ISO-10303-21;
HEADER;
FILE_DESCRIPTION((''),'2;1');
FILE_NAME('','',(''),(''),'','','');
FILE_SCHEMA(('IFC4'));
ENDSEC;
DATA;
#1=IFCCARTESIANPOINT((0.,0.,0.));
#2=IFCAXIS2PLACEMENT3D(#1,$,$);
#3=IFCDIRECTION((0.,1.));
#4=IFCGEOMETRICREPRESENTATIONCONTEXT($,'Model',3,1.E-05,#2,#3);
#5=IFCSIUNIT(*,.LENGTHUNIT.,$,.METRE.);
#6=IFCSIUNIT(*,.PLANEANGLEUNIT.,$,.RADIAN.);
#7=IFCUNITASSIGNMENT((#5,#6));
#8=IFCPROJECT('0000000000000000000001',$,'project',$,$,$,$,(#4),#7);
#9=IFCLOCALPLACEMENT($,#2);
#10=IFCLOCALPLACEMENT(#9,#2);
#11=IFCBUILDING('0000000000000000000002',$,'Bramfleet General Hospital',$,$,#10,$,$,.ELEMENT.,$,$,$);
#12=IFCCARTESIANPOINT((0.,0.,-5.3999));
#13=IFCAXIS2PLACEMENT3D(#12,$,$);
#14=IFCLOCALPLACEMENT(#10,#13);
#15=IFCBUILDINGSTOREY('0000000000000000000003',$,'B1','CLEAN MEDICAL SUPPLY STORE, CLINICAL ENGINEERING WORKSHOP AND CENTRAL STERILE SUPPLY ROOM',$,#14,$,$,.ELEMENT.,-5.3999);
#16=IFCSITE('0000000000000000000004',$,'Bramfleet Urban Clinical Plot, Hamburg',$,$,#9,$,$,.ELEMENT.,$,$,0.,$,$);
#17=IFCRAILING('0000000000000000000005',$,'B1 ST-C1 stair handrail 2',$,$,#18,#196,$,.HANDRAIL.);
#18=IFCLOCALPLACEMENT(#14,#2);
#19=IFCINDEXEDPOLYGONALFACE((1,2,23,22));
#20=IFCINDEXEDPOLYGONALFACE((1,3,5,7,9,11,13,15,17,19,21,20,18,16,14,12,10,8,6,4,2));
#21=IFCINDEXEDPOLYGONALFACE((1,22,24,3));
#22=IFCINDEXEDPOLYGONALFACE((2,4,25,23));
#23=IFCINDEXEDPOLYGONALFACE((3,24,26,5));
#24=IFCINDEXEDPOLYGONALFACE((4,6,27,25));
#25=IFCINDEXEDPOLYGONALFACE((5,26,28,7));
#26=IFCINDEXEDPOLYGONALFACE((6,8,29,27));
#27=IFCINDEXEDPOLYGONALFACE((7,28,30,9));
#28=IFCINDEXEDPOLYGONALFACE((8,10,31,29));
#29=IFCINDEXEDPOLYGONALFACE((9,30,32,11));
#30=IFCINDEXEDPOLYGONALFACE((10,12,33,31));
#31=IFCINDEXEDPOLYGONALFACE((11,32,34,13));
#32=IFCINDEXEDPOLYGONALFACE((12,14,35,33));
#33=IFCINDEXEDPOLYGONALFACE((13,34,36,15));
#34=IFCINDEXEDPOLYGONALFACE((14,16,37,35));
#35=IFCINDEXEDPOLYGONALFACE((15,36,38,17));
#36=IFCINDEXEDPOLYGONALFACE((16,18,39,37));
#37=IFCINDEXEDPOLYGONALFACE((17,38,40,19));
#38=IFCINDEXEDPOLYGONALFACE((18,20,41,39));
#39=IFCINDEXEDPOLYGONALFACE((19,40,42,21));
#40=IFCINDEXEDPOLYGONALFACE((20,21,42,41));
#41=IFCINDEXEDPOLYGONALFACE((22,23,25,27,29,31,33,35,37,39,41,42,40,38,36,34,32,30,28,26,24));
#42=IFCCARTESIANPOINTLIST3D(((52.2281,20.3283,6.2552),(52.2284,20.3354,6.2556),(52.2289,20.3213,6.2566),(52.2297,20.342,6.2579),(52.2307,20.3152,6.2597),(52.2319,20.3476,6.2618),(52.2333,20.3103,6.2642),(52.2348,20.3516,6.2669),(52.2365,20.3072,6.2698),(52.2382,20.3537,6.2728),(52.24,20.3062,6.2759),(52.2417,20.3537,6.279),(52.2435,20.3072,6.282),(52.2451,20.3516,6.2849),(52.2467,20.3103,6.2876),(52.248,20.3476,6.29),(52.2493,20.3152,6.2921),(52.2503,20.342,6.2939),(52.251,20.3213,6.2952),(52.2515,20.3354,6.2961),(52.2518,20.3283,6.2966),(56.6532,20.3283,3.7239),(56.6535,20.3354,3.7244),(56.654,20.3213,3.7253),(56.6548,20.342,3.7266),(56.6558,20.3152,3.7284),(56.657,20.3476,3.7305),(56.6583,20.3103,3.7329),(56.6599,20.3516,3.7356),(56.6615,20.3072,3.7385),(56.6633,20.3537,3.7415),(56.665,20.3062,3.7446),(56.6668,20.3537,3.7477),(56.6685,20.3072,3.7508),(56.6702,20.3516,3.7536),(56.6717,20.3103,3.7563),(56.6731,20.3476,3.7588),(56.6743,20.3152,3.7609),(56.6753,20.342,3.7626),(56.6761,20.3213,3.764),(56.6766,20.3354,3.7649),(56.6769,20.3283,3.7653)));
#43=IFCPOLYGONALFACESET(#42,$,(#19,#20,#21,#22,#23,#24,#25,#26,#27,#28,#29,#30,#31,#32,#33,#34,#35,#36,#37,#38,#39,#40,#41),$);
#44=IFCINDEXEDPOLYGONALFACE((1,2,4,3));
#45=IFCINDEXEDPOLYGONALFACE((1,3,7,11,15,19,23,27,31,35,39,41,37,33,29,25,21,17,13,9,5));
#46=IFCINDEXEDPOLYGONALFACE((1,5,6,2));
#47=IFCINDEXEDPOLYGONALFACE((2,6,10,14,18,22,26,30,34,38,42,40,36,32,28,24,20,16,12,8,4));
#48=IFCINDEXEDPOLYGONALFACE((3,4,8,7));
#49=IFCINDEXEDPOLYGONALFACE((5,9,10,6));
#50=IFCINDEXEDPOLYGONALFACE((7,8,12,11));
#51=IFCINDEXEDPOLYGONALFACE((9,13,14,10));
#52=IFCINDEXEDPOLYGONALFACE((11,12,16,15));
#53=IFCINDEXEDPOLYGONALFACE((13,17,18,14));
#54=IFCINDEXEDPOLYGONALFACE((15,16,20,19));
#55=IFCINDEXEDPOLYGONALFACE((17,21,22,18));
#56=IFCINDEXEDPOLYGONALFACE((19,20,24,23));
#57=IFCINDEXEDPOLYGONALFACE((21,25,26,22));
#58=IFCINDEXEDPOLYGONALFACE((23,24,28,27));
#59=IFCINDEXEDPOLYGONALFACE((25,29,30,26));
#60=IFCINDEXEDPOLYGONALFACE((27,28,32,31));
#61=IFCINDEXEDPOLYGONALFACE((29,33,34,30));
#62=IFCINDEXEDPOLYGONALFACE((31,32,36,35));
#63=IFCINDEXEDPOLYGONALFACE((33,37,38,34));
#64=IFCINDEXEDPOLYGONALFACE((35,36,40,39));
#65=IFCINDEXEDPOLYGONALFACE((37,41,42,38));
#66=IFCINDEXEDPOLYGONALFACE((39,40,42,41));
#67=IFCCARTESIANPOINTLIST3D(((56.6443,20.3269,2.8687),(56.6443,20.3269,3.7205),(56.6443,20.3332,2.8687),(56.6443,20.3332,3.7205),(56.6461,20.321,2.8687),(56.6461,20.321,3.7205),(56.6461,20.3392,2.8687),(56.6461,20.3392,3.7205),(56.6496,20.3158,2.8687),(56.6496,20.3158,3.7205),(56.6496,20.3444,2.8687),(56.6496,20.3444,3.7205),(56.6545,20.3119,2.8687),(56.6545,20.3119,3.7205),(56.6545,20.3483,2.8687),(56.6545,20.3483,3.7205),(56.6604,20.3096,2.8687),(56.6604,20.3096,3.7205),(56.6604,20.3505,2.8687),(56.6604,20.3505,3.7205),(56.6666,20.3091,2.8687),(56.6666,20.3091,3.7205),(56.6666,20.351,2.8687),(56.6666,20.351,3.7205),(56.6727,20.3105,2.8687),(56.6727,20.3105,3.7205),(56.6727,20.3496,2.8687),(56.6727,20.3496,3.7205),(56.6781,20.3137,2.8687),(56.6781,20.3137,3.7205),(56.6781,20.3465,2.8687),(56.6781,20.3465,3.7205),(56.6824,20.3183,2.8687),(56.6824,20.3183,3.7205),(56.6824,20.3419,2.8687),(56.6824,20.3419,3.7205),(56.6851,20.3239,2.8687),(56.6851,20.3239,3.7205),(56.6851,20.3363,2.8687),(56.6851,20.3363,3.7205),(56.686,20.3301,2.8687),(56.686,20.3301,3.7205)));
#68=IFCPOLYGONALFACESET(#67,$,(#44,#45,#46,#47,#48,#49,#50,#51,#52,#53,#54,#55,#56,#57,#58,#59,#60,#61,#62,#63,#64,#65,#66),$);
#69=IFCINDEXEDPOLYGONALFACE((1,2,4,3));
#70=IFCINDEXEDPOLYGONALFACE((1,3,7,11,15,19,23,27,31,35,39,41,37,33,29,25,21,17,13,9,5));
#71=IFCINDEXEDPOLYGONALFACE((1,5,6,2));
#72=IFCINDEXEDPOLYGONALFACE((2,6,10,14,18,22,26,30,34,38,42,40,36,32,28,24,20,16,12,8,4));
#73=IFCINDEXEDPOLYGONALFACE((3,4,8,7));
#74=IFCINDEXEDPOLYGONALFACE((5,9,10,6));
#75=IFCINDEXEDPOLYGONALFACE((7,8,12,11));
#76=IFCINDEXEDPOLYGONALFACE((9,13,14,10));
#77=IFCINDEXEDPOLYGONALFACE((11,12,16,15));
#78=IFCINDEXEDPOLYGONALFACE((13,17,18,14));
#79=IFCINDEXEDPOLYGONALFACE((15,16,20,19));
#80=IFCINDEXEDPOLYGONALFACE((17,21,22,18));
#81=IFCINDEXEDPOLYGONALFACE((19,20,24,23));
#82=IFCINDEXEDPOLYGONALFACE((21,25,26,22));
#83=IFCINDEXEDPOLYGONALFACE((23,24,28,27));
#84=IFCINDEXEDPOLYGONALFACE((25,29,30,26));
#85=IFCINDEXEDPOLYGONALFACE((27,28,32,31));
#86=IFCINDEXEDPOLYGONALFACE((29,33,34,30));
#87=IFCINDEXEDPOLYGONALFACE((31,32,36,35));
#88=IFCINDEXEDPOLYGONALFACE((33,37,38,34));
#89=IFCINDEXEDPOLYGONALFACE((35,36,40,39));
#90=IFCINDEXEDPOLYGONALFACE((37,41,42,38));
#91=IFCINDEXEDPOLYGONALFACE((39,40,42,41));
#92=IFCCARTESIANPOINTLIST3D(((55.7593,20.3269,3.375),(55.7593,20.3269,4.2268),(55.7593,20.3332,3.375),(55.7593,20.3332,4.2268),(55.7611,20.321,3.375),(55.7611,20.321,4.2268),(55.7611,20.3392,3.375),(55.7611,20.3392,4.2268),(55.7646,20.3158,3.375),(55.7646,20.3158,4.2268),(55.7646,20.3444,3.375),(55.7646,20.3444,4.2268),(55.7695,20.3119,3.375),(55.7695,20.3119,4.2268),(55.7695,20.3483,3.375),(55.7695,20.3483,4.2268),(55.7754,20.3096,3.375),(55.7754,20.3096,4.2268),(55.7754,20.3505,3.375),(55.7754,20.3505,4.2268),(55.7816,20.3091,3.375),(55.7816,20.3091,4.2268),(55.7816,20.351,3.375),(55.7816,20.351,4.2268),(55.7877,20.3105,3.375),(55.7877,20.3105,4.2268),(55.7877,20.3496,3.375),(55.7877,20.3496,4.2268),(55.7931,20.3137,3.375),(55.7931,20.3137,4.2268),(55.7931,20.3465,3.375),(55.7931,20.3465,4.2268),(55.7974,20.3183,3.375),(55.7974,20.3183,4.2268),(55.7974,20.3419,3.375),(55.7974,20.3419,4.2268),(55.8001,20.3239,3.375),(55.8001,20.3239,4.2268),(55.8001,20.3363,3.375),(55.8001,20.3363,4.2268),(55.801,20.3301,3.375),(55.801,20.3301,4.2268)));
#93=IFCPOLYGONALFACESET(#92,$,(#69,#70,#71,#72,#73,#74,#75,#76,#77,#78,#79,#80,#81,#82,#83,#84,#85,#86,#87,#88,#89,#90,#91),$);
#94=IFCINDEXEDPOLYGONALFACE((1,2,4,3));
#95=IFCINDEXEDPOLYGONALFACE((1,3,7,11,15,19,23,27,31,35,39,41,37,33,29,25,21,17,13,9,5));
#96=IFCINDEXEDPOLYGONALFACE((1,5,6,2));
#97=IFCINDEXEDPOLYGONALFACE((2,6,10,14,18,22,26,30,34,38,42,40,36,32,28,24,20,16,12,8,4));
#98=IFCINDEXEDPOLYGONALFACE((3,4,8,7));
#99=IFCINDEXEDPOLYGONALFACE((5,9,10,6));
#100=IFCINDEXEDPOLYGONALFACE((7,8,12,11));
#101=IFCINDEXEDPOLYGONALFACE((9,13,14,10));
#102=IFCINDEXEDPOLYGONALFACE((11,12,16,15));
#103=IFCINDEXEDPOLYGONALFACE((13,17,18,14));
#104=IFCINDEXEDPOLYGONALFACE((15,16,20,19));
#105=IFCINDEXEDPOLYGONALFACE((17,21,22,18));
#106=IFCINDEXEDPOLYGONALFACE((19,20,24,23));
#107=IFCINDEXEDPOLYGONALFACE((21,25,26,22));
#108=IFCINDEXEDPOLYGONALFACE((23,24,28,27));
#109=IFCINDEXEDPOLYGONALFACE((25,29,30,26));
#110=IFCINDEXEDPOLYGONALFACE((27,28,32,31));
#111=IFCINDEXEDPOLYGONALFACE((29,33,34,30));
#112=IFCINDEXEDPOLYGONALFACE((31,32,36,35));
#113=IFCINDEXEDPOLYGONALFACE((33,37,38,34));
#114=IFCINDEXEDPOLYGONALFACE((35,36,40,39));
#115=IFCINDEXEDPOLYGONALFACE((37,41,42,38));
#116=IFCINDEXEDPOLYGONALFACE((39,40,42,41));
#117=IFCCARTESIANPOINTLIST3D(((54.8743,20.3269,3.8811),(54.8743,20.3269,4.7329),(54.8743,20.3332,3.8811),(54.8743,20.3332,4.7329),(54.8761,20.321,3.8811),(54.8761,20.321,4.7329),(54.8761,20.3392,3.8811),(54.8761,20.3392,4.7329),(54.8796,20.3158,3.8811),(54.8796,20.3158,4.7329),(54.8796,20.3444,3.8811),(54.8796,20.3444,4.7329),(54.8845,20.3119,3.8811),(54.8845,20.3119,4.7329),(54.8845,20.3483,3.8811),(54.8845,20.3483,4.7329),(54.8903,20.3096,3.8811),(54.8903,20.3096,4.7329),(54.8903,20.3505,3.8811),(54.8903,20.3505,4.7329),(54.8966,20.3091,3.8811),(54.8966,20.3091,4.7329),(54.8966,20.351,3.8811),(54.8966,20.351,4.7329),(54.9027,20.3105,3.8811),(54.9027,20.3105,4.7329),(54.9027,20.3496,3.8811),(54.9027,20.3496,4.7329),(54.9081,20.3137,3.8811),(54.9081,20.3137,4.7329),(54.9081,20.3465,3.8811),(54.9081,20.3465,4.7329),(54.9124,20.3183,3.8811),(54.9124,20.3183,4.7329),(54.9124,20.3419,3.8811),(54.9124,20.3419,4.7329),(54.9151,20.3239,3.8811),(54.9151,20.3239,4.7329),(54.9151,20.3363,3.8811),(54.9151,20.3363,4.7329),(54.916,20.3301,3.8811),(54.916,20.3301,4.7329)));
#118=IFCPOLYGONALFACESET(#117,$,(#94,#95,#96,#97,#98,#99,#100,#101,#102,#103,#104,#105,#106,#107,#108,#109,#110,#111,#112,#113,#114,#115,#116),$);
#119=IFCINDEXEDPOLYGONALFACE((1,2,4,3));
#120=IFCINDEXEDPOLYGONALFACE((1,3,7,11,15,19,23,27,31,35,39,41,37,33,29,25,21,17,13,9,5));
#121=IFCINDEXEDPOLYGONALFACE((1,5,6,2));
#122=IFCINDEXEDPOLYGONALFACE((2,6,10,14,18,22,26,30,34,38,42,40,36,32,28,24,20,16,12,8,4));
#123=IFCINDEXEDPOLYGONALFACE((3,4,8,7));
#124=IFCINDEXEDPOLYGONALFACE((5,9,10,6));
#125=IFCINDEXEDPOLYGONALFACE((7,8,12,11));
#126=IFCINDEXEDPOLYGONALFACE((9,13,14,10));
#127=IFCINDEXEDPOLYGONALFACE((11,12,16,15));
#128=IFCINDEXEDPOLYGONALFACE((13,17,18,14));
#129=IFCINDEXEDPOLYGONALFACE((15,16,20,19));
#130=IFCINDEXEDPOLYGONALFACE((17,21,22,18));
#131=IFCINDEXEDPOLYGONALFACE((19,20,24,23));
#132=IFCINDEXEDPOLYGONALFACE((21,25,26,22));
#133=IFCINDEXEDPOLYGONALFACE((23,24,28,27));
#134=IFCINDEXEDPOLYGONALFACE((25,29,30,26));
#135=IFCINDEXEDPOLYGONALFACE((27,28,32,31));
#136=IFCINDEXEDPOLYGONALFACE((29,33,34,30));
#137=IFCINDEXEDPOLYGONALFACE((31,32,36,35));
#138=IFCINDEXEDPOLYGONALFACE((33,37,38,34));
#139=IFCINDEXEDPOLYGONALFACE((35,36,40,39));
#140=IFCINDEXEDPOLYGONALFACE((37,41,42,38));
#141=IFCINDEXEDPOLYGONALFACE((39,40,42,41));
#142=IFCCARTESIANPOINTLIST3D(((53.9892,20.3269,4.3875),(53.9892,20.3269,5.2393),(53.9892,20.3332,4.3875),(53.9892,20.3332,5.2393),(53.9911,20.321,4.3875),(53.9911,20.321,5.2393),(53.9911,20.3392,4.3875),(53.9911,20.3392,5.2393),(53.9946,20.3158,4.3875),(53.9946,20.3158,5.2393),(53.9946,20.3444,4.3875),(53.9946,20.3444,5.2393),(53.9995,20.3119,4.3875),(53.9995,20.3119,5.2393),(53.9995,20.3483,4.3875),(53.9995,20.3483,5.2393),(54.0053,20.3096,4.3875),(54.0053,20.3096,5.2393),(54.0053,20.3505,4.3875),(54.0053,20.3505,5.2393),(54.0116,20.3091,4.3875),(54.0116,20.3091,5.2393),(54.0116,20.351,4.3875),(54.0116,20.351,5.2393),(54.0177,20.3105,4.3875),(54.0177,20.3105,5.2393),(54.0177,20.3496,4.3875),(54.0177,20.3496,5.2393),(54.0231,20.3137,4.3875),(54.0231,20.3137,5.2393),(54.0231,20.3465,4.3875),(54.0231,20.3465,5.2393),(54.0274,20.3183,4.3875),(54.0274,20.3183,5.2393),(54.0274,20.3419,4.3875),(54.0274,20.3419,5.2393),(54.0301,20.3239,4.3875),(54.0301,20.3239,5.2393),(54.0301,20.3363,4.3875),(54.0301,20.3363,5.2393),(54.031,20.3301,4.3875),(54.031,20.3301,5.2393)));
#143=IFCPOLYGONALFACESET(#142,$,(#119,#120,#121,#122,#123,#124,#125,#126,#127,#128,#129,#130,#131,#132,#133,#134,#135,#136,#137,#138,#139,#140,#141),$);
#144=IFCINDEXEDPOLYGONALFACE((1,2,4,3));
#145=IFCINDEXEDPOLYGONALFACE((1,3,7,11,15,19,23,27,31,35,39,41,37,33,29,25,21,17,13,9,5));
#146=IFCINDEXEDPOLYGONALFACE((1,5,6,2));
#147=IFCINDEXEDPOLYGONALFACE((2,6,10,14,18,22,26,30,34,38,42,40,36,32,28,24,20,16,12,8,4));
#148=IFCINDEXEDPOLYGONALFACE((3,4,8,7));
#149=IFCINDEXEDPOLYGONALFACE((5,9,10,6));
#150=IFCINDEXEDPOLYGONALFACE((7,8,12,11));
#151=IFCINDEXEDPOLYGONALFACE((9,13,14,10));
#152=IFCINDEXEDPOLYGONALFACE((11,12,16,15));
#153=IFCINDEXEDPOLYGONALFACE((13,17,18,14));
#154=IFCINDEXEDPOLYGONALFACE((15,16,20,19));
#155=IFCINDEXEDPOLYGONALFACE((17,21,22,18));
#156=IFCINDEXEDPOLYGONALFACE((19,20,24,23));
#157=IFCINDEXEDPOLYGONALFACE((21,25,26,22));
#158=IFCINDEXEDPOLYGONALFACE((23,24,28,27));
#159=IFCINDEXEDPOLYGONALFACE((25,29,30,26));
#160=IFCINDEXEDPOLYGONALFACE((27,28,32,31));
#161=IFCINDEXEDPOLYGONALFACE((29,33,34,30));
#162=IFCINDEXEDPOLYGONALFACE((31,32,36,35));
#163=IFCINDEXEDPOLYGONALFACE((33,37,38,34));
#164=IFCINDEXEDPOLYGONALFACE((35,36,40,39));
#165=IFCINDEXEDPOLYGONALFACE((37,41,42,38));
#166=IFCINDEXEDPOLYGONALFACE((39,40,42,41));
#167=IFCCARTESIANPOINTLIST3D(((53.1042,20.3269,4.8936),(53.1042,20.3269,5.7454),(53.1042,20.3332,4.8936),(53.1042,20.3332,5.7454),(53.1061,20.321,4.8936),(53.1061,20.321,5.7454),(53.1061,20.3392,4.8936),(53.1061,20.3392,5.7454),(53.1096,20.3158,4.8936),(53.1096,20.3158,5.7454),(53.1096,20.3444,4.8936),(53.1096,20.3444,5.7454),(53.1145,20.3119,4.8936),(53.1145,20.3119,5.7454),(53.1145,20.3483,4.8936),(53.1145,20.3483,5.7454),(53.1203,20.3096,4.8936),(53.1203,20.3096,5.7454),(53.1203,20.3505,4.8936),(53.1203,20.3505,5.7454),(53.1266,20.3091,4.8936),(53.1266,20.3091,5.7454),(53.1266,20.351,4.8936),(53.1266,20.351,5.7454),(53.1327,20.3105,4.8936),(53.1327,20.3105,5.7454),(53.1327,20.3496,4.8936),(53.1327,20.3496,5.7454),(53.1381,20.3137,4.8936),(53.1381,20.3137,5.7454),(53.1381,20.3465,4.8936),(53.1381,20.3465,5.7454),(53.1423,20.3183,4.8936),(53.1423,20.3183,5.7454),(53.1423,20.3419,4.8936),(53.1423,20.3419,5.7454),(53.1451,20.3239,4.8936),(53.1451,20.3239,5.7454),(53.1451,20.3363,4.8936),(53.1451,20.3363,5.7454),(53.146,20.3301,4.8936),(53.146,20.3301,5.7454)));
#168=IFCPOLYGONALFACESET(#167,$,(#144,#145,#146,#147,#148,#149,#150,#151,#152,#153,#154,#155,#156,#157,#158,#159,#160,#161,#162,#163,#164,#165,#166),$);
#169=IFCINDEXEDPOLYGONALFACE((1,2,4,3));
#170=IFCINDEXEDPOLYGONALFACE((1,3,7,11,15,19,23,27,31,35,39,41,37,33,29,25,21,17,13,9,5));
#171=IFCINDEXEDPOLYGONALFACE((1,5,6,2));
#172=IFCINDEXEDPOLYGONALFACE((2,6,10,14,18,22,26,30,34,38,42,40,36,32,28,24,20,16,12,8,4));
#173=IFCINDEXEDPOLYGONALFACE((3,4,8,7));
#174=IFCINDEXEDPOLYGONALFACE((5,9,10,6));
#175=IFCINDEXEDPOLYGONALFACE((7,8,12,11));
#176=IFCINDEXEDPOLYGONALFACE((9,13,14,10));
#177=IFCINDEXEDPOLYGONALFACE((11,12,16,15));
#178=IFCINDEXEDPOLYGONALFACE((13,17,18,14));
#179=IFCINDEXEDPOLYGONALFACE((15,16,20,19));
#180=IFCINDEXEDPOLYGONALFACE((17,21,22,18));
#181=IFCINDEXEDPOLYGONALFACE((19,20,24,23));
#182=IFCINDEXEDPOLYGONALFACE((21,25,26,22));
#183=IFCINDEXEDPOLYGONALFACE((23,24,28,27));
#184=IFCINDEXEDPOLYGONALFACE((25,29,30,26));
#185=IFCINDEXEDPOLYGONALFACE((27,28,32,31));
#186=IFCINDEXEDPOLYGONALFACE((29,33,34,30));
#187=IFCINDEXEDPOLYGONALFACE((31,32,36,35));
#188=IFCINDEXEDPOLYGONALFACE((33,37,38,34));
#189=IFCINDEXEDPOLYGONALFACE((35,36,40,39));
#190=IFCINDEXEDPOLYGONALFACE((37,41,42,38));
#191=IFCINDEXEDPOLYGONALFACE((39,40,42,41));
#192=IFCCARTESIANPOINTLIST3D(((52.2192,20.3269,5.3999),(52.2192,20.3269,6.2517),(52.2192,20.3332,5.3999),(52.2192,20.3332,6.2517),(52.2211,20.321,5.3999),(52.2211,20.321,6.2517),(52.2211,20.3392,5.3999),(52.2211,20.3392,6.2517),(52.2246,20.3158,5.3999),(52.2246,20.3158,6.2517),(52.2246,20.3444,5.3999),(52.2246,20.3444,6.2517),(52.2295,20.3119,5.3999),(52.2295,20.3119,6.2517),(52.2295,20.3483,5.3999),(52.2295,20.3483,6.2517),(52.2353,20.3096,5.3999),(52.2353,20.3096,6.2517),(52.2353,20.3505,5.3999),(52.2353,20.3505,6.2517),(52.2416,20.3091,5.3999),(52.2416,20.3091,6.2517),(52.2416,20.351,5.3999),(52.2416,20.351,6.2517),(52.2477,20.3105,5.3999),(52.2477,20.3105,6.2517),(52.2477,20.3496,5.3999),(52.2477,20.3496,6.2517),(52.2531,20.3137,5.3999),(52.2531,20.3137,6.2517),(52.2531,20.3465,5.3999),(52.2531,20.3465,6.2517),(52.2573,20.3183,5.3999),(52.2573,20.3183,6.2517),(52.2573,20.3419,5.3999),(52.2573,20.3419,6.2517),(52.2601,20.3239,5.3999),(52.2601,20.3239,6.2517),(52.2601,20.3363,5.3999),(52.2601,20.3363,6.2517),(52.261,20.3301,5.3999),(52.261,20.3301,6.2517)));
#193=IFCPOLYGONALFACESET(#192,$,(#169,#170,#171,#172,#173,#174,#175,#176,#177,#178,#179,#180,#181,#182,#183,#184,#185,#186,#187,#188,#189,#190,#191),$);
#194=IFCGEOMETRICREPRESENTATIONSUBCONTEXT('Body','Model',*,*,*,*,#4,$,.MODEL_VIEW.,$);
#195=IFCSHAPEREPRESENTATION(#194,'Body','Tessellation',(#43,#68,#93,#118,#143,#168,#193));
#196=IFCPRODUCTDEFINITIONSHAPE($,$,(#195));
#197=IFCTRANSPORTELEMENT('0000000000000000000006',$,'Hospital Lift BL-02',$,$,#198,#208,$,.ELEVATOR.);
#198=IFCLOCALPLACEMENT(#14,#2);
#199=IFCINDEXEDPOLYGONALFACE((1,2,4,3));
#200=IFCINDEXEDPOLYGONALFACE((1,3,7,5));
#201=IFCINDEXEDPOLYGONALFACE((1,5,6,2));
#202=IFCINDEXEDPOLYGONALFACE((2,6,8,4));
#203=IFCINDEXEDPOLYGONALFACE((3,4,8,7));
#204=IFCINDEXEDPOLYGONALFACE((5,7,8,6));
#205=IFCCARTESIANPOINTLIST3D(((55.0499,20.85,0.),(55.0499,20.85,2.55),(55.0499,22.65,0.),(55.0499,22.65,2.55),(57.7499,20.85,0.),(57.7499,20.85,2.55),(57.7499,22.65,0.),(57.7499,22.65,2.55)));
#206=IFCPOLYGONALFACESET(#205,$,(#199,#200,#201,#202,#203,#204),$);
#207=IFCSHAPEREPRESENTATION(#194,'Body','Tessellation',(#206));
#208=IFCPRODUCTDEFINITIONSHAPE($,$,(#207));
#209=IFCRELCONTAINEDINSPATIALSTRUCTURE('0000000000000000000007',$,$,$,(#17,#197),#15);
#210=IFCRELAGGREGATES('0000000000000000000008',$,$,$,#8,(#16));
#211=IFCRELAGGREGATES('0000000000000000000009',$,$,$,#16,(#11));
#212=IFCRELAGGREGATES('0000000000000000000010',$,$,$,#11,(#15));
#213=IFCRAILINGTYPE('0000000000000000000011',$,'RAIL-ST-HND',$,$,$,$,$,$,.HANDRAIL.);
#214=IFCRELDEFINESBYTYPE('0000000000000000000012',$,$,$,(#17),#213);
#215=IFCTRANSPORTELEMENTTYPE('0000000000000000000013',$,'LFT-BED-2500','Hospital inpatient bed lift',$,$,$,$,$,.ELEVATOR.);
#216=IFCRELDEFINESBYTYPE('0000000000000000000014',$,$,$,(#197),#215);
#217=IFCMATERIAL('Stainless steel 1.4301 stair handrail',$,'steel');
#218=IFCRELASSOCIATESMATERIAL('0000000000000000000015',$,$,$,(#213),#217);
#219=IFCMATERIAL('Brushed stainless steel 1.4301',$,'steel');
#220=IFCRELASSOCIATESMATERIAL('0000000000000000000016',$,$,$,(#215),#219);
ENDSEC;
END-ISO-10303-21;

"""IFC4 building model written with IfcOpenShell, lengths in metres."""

from ifc_helpers import new_model, si_unit, direction, frame, origin, origin_2d, place, context, subcontext, project, spatial, rectangle, circle, extrude, material, type_object, element, save


model = new_model("IFC4")

# Units and contexts
model_context = context("Model", 3, precision=1e-05, world=origin(), true_north=direction((0.0, 1.0)))
body_context = subcontext(model_context, "Body", "Model", "MODEL_VIEW")
ifc_project = project(units=[si_unit("LENGTHUNIT", "METRE"), si_unit("PLANEANGLEUNIT", "RADIAN")], contexts=[model_context])

# Site, building, storey
site_placement = place(None, origin())
site = spatial("IfcSite", under=ifc_project, at=site_placement, Name="Bramfleet Urban Clinical Plot, Hamburg", CompositionType="ELEMENT", RefElevation=0.0)
building_placement = place(site_placement, origin())
building = spatial("IfcBuilding", under=site, at=building_placement, Name="Bramfleet General Hospital", CompositionType="ELEMENT")
storey_placement = place(building_placement, frame((0.0, 0.0, -5.3999)))
storey = spatial("IfcBuildingStorey", under=building, at=storey_placement, Name="B1", Description="CLEAN MEDICAL SUPPLY STORE, CLINICAL ENGINEERING WORKSHOP AND CENTRAL STERILE SUPPLY ROOM", CompositionType="ELEMENT", Elevation=-5.3999)

# Railing
ifc_material_1 = material(Name="Stainless steel 1.4301 stair handrail", Category="steel")
railing_type_1 = type_object("IfcRailingType", Name="RAIL-ST-HND", PredefinedType="HANDRAIL", material=ifc_material_1)
railing_1_placement = place(storey_placement, frame((56.665, 20.3301, 2.8687)))
element("IfcRailing", 1, at=railing_1_placement, inside=storey, type_object=railing_type_1, Name="B1 ST-C1 stair handrail 2", PredefinedType="HANDRAIL", context=body_context, shape_type="SweptSolid", body=[
    extrude(circle(Radius=0.0239, at=origin_2d()), frame((0.0, 0.0, 0.876), z_axis=(-0.868019, 0.0, 0.496531), x_axis=(0.0, -1.0, 0.0)), (0.0, 0.0, 1.0), 5.0979),
    extrude(circle(Radius=0.021, at=origin_2d()), origin(), (0.0, 0.0, 1.0), 0.8518),
    extrude(circle(Radius=0.021, at=origin_2d()), frame((-0.885, 0.0, 0.5063)), (0.0, 0.0, 1.0), 0.8518),
    extrude(circle(Radius=0.021, at=origin_2d()), frame((-1.77, 0.0, 1.0125)), (0.0, 0.0, 1.0), 0.8518),
    extrude(circle(Radius=0.021, at=origin_2d()), frame((-2.655, 0.0, 1.5188)), (0.0, 0.0, 1.0), 0.8518),
    extrude(circle(Radius=0.021, at=origin_2d()), frame((-3.54, 0.0, 2.0249)), (0.0, 0.0, 1.0), 0.8518),
    extrude(circle(Radius=0.021, at=origin_2d()), frame((-4.425, 0.0, 2.5312)), (0.0, 0.0, 1.0), 0.8518),
])

# Transport element
ifc_material_2 = material(Name="Brushed stainless steel 1.4301", Category="steel")
transport_element_type_1 = type_object("IfcTransportElementType", Name="LFT-BED-2500", Description="Hospital inpatient bed lift", PredefinedType="ELEVATOR", material=ifc_material_2)
transport_element_1_placement = place(storey_placement, frame((56.3999, 21.75, 0.0), z_axis=(0.0, 0.0, 1.0), x_axis=(1.0, 0.0, 0.0)))
element("IfcTransportElement", 2, at=transport_element_1_placement, inside=storey, type_object=transport_element_type_1, Name="Hospital Lift BL-02", PredefinedType="ELEVATOR", context=body_context, shape_type="SweptSolid", body=[
    extrude(rectangle(XDim=2.7, YDim=1.8, at=origin_2d()), origin(), (0.0, 0.0, 1.0), 2.55),
])

save(model, "model.ifc")
